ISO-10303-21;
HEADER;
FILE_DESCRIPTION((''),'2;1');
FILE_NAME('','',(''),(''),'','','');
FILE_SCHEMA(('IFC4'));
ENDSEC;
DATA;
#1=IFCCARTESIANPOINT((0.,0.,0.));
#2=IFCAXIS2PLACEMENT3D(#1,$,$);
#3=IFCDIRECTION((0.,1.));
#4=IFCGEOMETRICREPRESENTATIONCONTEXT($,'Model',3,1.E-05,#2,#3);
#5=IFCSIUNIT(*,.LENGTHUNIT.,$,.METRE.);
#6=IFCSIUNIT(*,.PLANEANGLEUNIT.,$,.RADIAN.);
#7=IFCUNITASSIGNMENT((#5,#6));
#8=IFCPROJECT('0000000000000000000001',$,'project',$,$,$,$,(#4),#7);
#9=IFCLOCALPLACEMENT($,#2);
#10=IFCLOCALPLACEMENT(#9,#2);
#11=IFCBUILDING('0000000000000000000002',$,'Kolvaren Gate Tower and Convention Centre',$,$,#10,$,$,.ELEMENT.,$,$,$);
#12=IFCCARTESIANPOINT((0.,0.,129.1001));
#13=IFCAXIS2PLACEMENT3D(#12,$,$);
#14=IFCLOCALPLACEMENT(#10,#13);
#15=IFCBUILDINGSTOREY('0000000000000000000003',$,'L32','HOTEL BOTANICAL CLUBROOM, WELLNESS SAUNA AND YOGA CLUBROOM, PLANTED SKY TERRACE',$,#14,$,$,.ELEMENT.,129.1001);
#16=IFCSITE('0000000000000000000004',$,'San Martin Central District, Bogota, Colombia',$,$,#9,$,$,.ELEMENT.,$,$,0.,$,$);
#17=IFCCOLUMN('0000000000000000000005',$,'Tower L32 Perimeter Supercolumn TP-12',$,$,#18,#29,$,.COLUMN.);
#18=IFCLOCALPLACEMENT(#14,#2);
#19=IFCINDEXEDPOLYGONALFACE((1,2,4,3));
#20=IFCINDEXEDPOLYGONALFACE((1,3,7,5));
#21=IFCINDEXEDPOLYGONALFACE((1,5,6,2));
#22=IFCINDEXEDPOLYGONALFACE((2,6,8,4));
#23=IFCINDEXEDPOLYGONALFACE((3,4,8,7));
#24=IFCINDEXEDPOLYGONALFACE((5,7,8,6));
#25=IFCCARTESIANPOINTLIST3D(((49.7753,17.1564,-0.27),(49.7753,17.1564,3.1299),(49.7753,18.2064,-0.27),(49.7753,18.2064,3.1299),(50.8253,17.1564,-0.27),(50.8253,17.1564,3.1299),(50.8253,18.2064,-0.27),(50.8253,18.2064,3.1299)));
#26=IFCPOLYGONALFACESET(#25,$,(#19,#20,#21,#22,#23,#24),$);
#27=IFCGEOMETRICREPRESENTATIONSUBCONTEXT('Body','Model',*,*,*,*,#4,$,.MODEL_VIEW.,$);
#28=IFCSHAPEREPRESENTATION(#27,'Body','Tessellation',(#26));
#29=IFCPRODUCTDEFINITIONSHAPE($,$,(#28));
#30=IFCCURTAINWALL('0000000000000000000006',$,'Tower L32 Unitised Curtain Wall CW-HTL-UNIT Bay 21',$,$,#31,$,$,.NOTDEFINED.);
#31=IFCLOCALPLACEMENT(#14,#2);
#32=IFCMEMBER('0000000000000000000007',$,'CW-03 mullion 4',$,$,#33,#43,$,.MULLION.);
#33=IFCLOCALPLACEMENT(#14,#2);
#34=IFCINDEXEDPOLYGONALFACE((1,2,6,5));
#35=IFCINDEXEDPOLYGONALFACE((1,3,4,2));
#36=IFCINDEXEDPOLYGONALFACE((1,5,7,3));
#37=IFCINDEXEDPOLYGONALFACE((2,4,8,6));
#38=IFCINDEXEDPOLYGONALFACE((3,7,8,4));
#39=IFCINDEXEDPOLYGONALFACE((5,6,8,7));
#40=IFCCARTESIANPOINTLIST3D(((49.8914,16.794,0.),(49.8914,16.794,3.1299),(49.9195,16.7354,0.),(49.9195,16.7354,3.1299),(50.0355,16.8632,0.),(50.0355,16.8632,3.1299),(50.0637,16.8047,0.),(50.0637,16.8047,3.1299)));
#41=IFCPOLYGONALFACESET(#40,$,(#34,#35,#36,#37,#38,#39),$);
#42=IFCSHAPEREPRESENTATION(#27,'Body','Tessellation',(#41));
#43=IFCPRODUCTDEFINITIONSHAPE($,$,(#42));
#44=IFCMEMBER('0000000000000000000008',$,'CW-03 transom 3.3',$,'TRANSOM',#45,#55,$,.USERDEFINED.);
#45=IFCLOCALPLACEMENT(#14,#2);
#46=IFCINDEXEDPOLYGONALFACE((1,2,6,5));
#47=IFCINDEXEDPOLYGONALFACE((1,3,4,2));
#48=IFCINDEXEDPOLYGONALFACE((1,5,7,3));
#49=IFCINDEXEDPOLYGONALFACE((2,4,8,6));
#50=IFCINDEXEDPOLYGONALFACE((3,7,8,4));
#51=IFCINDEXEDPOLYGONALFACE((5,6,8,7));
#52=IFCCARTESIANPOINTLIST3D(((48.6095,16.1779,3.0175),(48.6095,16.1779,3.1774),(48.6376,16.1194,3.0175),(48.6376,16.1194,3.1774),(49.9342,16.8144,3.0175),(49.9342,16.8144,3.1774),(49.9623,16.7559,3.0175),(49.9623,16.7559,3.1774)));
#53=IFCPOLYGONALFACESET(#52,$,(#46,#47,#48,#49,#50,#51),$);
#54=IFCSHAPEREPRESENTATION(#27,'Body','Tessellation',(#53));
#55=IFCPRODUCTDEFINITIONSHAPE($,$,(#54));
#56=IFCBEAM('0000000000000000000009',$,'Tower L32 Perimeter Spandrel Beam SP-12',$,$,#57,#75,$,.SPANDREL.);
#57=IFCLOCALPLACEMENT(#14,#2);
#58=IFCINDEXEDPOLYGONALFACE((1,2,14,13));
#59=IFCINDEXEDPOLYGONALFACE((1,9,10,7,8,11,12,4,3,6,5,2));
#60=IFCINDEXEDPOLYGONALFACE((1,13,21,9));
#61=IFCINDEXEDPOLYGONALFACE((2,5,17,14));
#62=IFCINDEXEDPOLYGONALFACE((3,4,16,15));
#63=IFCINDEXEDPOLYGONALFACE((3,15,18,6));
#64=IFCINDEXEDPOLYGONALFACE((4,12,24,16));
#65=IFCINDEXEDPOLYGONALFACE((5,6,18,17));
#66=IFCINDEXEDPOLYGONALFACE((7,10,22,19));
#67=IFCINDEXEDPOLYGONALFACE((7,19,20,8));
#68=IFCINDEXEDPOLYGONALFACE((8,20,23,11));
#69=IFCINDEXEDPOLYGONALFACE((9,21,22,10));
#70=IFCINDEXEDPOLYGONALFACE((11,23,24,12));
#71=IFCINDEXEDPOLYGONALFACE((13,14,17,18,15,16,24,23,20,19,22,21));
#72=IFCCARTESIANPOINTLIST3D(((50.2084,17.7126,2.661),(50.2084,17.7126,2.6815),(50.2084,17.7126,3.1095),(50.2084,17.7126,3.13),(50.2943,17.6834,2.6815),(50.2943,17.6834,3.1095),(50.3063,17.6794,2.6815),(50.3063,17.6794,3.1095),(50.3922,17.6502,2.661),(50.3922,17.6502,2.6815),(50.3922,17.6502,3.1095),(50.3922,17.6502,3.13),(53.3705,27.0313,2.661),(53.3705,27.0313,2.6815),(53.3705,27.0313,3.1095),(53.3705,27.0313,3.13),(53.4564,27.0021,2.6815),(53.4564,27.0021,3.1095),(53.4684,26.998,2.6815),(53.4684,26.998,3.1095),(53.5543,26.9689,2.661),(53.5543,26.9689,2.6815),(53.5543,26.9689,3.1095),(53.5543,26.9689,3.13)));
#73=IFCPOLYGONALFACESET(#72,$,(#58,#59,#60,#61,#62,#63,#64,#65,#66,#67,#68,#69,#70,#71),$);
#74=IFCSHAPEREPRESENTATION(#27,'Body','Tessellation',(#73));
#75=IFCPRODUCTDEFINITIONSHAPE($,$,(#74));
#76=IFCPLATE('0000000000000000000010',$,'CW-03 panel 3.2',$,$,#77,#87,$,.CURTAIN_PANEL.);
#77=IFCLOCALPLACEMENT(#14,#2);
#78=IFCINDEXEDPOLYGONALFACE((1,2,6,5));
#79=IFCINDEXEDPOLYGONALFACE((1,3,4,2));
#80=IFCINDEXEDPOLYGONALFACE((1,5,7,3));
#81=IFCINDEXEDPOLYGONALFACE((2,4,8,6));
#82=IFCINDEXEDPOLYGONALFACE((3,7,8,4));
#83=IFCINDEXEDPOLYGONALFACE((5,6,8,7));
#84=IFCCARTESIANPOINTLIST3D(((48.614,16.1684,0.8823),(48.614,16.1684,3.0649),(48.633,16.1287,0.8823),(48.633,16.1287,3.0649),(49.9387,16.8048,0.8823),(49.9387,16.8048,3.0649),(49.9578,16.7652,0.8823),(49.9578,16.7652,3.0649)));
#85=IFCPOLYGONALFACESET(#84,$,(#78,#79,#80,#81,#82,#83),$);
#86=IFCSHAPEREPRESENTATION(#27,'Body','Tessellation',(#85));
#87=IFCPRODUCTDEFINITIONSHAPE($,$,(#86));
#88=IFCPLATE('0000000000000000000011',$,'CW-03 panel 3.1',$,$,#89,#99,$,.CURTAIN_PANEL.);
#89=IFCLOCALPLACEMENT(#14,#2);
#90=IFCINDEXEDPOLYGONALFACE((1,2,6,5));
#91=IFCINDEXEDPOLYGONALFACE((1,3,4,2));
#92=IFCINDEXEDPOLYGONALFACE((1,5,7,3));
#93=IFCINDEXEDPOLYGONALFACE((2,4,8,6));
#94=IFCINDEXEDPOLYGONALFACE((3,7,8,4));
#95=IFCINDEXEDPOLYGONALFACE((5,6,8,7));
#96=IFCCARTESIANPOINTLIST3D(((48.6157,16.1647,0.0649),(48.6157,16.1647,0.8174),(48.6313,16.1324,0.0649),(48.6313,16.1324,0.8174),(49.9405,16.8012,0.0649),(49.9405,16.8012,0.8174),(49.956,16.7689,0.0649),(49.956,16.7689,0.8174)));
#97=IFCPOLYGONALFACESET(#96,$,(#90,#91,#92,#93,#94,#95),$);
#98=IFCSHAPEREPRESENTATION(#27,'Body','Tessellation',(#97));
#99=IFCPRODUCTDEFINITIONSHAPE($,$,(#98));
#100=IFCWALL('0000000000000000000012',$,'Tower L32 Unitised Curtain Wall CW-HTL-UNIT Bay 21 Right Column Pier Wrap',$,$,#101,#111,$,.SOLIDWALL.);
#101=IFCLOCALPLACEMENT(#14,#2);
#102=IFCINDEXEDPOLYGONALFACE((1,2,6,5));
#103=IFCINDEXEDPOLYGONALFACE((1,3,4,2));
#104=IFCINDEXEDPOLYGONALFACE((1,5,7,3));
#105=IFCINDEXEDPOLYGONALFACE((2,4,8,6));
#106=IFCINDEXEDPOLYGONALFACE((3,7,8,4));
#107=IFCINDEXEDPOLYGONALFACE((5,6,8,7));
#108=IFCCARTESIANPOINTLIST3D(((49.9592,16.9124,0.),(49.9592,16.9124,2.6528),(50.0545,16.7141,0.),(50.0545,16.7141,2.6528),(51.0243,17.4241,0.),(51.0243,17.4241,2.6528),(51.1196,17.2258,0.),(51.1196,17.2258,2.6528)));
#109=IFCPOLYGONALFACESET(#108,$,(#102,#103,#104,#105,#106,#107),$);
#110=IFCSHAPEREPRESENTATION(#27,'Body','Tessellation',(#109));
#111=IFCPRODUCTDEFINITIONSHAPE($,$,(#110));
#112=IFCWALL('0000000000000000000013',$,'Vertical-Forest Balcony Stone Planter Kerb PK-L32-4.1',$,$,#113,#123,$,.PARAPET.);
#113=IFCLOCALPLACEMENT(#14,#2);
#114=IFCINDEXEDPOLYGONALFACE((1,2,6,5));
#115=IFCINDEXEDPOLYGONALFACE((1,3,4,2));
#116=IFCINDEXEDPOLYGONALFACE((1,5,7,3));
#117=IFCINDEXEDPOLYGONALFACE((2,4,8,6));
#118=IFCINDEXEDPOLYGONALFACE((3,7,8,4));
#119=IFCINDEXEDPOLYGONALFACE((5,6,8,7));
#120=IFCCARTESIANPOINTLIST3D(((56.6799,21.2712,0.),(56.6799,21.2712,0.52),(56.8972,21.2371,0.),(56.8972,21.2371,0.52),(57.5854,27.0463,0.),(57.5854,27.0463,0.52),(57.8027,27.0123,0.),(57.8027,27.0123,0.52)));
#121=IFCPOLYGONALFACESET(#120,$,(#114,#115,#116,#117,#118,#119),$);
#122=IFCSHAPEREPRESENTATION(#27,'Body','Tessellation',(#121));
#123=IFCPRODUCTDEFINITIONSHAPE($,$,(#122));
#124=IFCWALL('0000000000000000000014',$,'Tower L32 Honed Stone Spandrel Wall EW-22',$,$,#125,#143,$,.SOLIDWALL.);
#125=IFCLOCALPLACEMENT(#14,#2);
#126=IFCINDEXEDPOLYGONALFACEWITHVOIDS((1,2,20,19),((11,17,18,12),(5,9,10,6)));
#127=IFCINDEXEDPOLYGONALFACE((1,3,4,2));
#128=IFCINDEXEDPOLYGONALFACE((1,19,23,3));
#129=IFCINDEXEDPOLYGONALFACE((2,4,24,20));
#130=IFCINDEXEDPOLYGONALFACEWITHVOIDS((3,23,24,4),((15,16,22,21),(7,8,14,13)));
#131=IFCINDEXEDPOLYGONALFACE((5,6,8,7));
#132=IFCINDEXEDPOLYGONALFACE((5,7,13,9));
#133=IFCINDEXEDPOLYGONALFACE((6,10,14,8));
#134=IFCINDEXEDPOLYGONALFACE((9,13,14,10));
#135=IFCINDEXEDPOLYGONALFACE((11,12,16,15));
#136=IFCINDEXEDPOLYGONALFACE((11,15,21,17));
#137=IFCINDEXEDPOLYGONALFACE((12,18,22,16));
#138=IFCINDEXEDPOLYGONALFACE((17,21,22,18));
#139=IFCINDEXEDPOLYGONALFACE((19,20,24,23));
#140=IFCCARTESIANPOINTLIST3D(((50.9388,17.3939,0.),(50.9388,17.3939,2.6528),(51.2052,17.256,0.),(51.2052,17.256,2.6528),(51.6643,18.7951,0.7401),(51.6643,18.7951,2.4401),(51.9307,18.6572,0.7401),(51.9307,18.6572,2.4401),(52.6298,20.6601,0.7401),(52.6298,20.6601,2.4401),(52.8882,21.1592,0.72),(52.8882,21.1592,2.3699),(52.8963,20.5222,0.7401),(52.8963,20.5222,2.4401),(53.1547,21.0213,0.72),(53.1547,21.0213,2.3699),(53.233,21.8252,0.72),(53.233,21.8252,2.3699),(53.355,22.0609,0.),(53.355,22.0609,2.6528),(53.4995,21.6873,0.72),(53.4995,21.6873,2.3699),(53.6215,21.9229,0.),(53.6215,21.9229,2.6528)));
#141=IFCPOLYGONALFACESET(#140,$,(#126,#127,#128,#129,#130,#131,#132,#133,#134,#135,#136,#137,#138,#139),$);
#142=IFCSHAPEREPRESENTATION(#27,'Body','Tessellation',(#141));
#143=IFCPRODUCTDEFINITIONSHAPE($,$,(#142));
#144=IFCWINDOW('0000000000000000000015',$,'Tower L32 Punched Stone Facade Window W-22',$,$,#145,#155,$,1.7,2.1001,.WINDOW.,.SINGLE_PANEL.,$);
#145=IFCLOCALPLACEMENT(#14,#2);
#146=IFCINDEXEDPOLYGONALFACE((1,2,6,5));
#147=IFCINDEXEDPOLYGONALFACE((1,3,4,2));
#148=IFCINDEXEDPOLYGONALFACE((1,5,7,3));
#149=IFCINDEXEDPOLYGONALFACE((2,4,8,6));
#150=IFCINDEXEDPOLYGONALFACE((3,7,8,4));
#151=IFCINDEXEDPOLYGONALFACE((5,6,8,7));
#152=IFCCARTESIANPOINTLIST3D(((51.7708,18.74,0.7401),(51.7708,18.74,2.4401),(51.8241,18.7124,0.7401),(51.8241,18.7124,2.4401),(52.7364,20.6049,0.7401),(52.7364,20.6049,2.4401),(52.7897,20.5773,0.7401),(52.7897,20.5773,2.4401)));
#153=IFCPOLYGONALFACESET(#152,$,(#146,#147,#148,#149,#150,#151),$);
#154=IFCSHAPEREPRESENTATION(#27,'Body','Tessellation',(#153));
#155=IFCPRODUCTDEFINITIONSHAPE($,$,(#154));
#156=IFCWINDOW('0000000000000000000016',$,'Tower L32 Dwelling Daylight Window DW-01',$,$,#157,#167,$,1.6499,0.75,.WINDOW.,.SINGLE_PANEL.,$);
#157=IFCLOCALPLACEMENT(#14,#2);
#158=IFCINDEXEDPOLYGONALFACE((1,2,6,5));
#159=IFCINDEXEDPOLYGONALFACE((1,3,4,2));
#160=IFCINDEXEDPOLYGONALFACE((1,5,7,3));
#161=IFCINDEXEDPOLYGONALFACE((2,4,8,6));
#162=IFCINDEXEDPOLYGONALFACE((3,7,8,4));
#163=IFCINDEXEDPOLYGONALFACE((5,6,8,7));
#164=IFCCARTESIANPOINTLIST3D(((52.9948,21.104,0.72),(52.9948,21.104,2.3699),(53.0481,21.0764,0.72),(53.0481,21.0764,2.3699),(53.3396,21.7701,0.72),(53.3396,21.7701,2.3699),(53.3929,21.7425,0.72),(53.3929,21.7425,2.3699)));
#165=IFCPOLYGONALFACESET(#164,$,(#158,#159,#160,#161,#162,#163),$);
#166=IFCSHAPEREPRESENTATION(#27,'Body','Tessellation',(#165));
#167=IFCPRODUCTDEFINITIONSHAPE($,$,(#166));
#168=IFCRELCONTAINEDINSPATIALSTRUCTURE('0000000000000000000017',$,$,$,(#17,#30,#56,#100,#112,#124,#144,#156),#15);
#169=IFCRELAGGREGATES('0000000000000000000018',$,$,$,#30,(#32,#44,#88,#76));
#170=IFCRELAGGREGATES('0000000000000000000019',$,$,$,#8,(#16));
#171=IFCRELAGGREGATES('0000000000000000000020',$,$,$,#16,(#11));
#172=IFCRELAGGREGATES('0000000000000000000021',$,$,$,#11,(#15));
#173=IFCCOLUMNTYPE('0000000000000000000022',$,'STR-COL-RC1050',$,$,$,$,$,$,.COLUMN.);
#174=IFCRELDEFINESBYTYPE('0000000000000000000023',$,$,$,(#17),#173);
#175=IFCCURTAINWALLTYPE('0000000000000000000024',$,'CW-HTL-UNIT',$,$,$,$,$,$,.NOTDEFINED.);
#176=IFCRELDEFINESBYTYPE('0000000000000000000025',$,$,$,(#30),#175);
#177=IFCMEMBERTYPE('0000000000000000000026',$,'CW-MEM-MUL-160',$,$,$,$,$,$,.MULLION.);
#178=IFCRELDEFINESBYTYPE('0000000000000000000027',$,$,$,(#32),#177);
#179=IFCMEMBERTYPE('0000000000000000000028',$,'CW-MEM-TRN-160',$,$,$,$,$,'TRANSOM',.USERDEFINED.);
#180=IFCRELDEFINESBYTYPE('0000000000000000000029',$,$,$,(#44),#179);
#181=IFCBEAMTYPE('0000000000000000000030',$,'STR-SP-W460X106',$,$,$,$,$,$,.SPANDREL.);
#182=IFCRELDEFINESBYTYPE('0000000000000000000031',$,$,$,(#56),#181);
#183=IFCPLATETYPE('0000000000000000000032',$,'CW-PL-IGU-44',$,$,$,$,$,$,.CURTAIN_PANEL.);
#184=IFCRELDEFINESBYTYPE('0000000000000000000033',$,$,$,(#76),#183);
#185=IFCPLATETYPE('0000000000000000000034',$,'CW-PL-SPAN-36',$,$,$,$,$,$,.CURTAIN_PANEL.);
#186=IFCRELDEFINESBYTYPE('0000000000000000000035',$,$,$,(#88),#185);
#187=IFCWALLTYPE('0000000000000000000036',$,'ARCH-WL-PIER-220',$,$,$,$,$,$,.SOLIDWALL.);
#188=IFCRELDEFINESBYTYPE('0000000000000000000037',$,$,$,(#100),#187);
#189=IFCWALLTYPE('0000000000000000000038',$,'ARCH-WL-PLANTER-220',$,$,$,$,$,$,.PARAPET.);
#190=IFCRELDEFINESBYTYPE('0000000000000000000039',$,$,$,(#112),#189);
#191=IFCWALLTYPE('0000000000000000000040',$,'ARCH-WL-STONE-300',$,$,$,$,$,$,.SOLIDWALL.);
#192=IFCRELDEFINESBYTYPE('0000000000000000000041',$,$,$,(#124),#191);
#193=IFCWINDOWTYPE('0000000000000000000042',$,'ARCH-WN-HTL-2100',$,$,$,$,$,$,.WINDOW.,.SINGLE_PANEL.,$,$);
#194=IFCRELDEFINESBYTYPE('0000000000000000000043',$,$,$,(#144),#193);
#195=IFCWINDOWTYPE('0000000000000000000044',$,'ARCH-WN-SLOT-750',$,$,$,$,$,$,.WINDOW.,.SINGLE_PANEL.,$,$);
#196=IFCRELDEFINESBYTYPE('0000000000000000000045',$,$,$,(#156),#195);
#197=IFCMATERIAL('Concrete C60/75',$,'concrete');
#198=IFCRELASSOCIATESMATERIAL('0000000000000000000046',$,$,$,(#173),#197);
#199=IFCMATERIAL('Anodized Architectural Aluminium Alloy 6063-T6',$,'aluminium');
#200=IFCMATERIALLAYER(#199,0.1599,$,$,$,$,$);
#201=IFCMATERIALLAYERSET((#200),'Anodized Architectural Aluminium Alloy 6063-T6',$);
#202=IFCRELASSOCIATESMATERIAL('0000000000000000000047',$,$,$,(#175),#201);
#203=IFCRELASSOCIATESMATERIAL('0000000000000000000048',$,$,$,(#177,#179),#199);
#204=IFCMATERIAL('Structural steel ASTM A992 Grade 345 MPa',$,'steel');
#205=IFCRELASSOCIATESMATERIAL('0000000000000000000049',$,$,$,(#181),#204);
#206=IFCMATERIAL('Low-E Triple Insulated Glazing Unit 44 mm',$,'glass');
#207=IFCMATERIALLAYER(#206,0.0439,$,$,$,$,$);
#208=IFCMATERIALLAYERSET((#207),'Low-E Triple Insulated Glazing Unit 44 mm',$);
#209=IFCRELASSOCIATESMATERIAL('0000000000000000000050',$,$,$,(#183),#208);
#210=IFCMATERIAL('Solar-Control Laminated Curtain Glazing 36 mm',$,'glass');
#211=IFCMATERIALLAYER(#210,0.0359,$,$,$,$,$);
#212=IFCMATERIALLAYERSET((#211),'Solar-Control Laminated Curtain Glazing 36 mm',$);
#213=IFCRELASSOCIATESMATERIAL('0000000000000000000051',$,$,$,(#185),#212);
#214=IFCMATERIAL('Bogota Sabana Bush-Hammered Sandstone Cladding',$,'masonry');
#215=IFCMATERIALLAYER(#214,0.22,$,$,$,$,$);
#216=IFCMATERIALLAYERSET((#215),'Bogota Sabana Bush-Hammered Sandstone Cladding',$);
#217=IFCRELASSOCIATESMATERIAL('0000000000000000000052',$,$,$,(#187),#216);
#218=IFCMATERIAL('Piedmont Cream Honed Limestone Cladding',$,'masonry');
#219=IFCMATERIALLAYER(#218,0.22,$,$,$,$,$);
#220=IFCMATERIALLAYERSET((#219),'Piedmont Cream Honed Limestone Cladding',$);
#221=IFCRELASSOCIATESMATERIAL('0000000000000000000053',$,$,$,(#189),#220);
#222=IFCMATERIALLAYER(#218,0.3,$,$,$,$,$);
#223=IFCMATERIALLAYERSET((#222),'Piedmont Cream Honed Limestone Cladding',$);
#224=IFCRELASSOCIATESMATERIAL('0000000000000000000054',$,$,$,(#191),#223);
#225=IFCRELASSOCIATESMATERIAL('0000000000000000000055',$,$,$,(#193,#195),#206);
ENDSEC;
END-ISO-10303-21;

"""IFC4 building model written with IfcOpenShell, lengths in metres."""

from ifc_helpers import new_model, si_unit, direction, frame, frame_2d, origin, origin_2d, place, context, subcontext, project, spatial, rectangle, i_section, extrude, material, layer, layer_set, material_profile, profile_set, type_object, element, fill, aggregate, save


model = new_model("IFC4")

# Units and contexts
model_context = context("Model", 3, precision=1e-05, world=origin(), true_north=direction((0.0, 1.0)))
body_context = subcontext(model_context, "Body", "Model", "MODEL_VIEW")
ifc_project = project(units=[si_unit("LENGTHUNIT", "METRE"), si_unit("PLANEANGLEUNIT", "RADIAN")], contexts=[model_context])

# Site, building, storey
site_placement = place(None, origin())
site = spatial("IfcSite", under=ifc_project, at=site_placement, Name="San Martin Central District, Bogota, Colombia", CompositionType="ELEMENT", RefElevation=0.0)
building_placement = place(site_placement, origin())
building = spatial("IfcBuilding", under=site, at=building_placement, Name="Kolvaren Gate Tower and Convention Centre", CompositionType="ELEMENT")
storey_placement = place(building_placement, frame((0.0, 0.0, 129.1001)))
storey = spatial("IfcBuildingStorey", under=building, at=storey_placement, Name="L32", Description="HOTEL BOTANICAL CLUBROOM, WELLNESS SAUNA AND YOGA CLUBROOM, PLANTED SKY TERRACE", CompositionType="ELEMENT", Elevation=129.1001)

# Column
ifc_material_1 = material(Name="Concrete C60/75", Category="concrete")
ifc_material_profile_1 = material_profile(ifc_material_1, rectangle(XDim=1.05, YDim=1.05, at=origin_2d()), Name="RC-COL-1050X1050")
ifc_profile_set_1 = profile_set([ifc_material_profile_1], Name="Concrete C60/75")
column_type = type_object("IfcColumnType", Name="STR-COL-RC1050", PredefinedType="COLUMN", material=ifc_profile_set_1)
column_placement = place(storey_placement, frame((50.3003, 17.6814, -0.27), z_axis=(0.0, 0.0, 1.0), x_axis=(1.0, 0.0, 0.0)))
element("IfcColumn", 1, at=column_placement, inside=storey, type_object=column_type, Name="Tower L32 Perimeter Supercolumn TP-12", PredefinedType="COLUMN", context=body_context, shape_type="SweptSolid", body=[
    extrude(rectangle(XDim=1.05, YDim=1.05, at=origin_2d()), origin(), (0.0, 0.0, 1.0), 3.3999),
])

# Curtain wall, members
ifc_material_2 = material(Name="Anodized Architectural Aluminium Alloy 6063-T6", Category="aluminium")
ifc_layer_1 = layer(ifc_material_2, 0.1599)
ifc_layer_set_1 = layer_set([ifc_layer_1], Name="Anodized Architectural Aluminium Alloy 6063-T6")
curtain_wall_type = type_object("IfcCurtainWallType", Name="CW-HTL-UNIT", PredefinedType="NOTDEFINED", material=ifc_layer_set_1)
curtain_wall_placement = place(storey_placement, origin())
curtain_wall = element("IfcCurtainWall", 2, at=curtain_wall_placement, inside=storey, type_object=curtain_wall_type, Name="Tower L32 Unitised Curtain Wall CW-HTL-UNIT Bay 21", PredefinedType="NOTDEFINED")
ifc_material_profile_2 = material_profile(ifc_material_2, rectangle(XDim=0.0649, YDim=0.1599, at=origin_2d()), Name="CW-MEM-MUL-160")
ifc_profile_set_2 = profile_set([ifc_material_profile_2], Name="Anodized Architectural Aluminium Alloy 6063-T6")
member_type_1 = type_object("IfcMemberType", Name="CW-MEM-MUL-160", PredefinedType="MULLION", material=ifc_profile_set_2)
member_1_placement = place(storey_placement, frame((49.9775, 16.7993, 0.0), z_axis=(0.0, 0.0, 1.0), x_axis=(-0.433071, 0.90136, 0.0)))
member_1 = element("IfcMember", 3, at=member_1_placement, type_object=member_type_1, Name="CW-03 mullion 4", PredefinedType="MULLION", context=body_context, shape_type="SweptSolid", body=[
    extrude(rectangle(XDim=0.0649, YDim=0.1599, at=origin_2d()), origin(), (0.0, 0.0, 1.0), 3.1299),
])
ifc_material_profile_3 = material_profile(ifc_material_2, rectangle(XDim=0.0649, YDim=0.1599, at=origin_2d()), Name="CW-MEM-TRN-160")
ifc_profile_set_3 = profile_set([ifc_material_profile_3], Name="Anodized Architectural Aluminium Alloy 6063-T6")
member_type_2 = type_object("IfcMemberType", Name="CW-MEM-TRN-160", ElementType="TRANSOM", PredefinedType="USERDEFINED", material=ifc_profile_set_3)
member_2_placement = place(storey_placement, frame((48.6235, 16.1487, 3.0974), z_axis=(0.90136, 0.433071, 0.0), x_axis=(-0.433071, 0.90136, 0.0)))
member_2 = element("IfcMember", 4, at=member_2_placement, type_object=member_type_2, Name="CW-03 transom 3.3", ObjectType="TRANSOM", PredefinedType="USERDEFINED", context=body_context, shape_type="SweptSolid", body=[
    extrude(rectangle(XDim=0.0649, YDim=0.1599, at=origin_2d()), origin(), (0.0, 0.0, 1.0), 1.4697),
])

# Beam
ifc_material_3 = material(Name="Structural steel ASTM A992 Grade 345 MPa", Category="steel")
ifc_material_profile_4 = material_profile(ifc_material_3, i_section(OverallWidth=0.1941, OverallDepth=0.469, WebThickness=0.0127, FlangeThickness=0.0205, at=origin_2d()), Name="W460X106")
ifc_profile_set_4 = profile_set([ifc_material_profile_4], Name="Structural steel ASTM A992 Grade 345 MPa")
beam_type = type_object("IfcBeamType", Name="STR-SP-W460X106", PredefinedType="SPANDREL", material=ifc_profile_set_4)
beam_placement = place(storey_placement, frame((50.3003, 17.6814, 2.8955), z_axis=(0.321336, 0.946965, 0.0), x_axis=(-0.946965, 0.321336, 0.0)))
element("IfcBeam", 5, at=beam_placement, inside=storey, type_object=beam_type, Name="Tower L32 Perimeter Spandrel Beam SP-12", PredefinedType="SPANDREL", context=body_context, shape_type="SweptSolid", body=[
    extrude(i_section(OverallWidth=0.1941, OverallDepth=0.469, WebThickness=0.0127, FlangeThickness=0.0205, at=origin_2d()), origin(), (0.0, 0.0, 1.0), 9.8406),
])

# Plates
ifc_material_4 = material(Name="Low-E Triple Insulated Glazing Unit 44 mm", Category="glass")
ifc_layer_2 = layer(ifc_material_4, 0.0439)
ifc_layer_set_2 = layer_set([ifc_layer_2], Name="Low-E Triple Insulated Glazing Unit 44 mm")
plate_type_1 = type_object("IfcPlateType", Name="CW-PL-IGU-44", PredefinedType="CURTAIN_PANEL", material=ifc_layer_set_2)
plate_1_placement = place(storey_placement, frame((49.2859, 16.4668, 0.8823), z_axis=(0.0, 0.0, 1.0), x_axis=(0.90136, 0.433071, 0.0)))
plate_1 = element("IfcPlate", 6, at=plate_1_placement, type_object=plate_type_1, Name="CW-03 panel 3.2", PredefinedType="CURTAIN_PANEL", context=body_context, shape_type="SweptSolid", body=[
    extrude(rectangle(XDim=1.4697, YDim=0.0439, at=origin_2d()), origin(), (0.0, 0.0, 1.0), 2.1826),
])
ifc_material_5 = material(Name="Solar-Control Laminated Curtain Glazing 36 mm", Category="glass")
ifc_layer_3 = layer(ifc_material_5, 0.0359)
ifc_layer_set_3 = layer_set([ifc_layer_3], Name="Solar-Control Laminated Curtain Glazing 36 mm")
plate_type_2 = type_object("IfcPlateType", Name="CW-PL-SPAN-36", PredefinedType="CURTAIN_PANEL", material=ifc_layer_set_3)
plate_2_placement = place(storey_placement, frame((49.2859, 16.4668, 0.0649), z_axis=(0.0, 0.0, 1.0), x_axis=(0.90136, 0.433071, 0.0)))
plate_2 = element("IfcPlate", 7, at=plate_2_placement, type_object=plate_type_2, Name="CW-03 panel 3.1", PredefinedType="CURTAIN_PANEL", context=body_context, shape_type="SweptSolid", body=[
    extrude(rectangle(XDim=1.4697, YDim=0.0359, at=origin_2d()), origin(), (0.0, 0.0, 1.0), 0.7524),
])
aggregate(curtain_wall, [member_1, member_2, plate_2, plate_1])

# Walls
ifc_material_6 = material(Name="Bogota Sabana Bush-Hammered Sandstone Cladding", Category="masonry")
ifc_layer_4 = layer(ifc_material_6, 0.22)
ifc_layer_set_4 = layer_set([ifc_layer_4], Name="Bogota Sabana Bush-Hammered Sandstone Cladding")
wall_type_1 = type_object("IfcWallType", Name="ARCH-WL-PIER-220", PredefinedType="SOLIDWALL", material=ifc_layer_set_4)
wall_1_placement = place(storey_placement, frame((50.0068, 16.8132, 0.0), z_axis=(0.0, 0.0, 1.0), x_axis=(0.901381, 0.433027, 0.0)))
element("IfcWall", 8, at=wall_1_placement, inside=storey, type_object=wall_type_1, Name="Tower L32 Unitised Curtain Wall CW-HTL-UNIT Bay 21 Right Column Pier Wrap", PredefinedType="SOLIDWALL", context=body_context, shape_type="SweptSolid", body=[
    extrude(rectangle(XDim=1.1816, YDim=0.22, at=frame_2d((0.5908, 0.0))), origin(), (0.0, 0.0, 1.0), 2.6528),
])
ifc_material_7 = material(Name="Piedmont Cream Honed Limestone Cladding", Category="masonry")
ifc_layer_5 = layer(ifc_material_7, 0.22)
ifc_layer_set_5 = layer_set([ifc_layer_5], Name="Piedmont Cream Honed Limestone Cladding")
wall_type_2 = type_object("IfcWallType", Name="ARCH-WL-PLANTER-220", PredefinedType="PARAPET", material=ifc_layer_set_5)
wall_2_placement = place(storey_placement, frame((56.7886, 21.2542, 0.0), z_axis=(0.0, 0.0, 1.0), x_axis=(0.154903, 0.98793, 0.0)))
element("IfcWall", 9, at=wall_2_placement, inside=storey, type_object=wall_type_2, Name="Vertical-Forest Balcony Stone Planter Kerb PK-L32-4.1", PredefinedType="PARAPET", context=body_context, shape_type="SweptSolid", body=[
    extrude(rectangle(XDim=5.8457, YDim=0.22, at=frame_2d((2.9229, 0.0))), origin(), (0.0, 0.0, 1.0), 0.52),
])

# Wall, openings, windows
ifc_layer_6 = layer(ifc_material_7, 0.3)
ifc_layer_set_6 = layer_set([ifc_layer_6], Name="Piedmont Cream Honed Limestone Cladding")
wall_type_3 = type_object("IfcWallType", Name="ARCH-WL-STONE-300", PredefinedType="SOLIDWALL", material=ifc_layer_set_6)
wall_3_placement = place(storey_placement, frame((51.072, 17.325, 0.0), z_axis=(0.0, 0.0, 1.0), x_axis=(0.459768, 0.888039, 0.0)))
wall_3 = element("IfcWall", 10, at=wall_3_placement, inside=storey, type_object=wall_type_3, Name="Tower L32 Honed Stone Spandrel Wall EW-22", PredefinedType="SOLIDWALL", context=body_context, shape_type="SweptSolid", body=[
    extrude(rectangle(XDim=5.2554, YDim=0.3, at=frame_2d((2.6277, 0.0))), origin(), (0.0, 0.0, 1.0), 2.6528),
])
opening_1_placement = place(wall_3_placement, frame((1.5779, 0.0, 0.74)))
opening_1 = element("IfcOpeningElement", 11, at=opening_1_placement, cuts=wall_3, PredefinedType="OPENING", context=body_context, shape_type="SweptSolid", body=[
    extrude(rectangle(XDim=2.1001, YDim=1.7, at=frame_2d((1.05, 0.8501))), frame((0.0, 0.1599, 0.0), z_axis=(0.0, -1.0, 0.0), x_axis=(1.0, 0.0, 0.0)), (0.0, 0.0, 1.0), 0.3201),
])
opening_2_placement = place(wall_3_placement, frame((4.24, 0.0, 0.72)))
opening_2 = element("IfcOpeningElement", 12, at=opening_2_placement, cuts=wall_3, PredefinedType="OPENING", context=body_context, shape_type="SweptSolid", body=[
    extrude(rectangle(XDim=0.75, YDim=1.6499, at=frame_2d((0.375, 0.825))), frame((0.0, 0.1599, 0.0), z_axis=(0.0, -1.0, 0.0), x_axis=(1.0, 0.0, 0.0)), (0.0, 0.0, 1.0), 0.3201),
])
window_type_1 = type_object("IfcWindowType", Name="ARCH-WN-HTL-2100", PartitioningType="SINGLE_PANEL", PredefinedType="WINDOW", material=ifc_material_4)
window_1_placement = place(opening_1_placement, origin())
window_1 = element("IfcWindow", 13, at=window_1_placement, inside=storey, type_object=window_type_1, Name="Tower L32 Punched Stone Facade Window W-22", OverallHeight=1.7, OverallWidth=2.1001, PartitioningType="SINGLE_PANEL", PredefinedType="WINDOW", context=body_context, shape_type="SweptSolid", body=[
    extrude(rectangle(XDim=2.1001, YDim=1.7, at=frame_2d((1.05, 0.8501))), frame((0.0, 0.03, 0.0), z_axis=(0.0, -1.0, 0.0), x_axis=(1.0, 0.0, 0.0)), (0.0, 0.0, 1.0), 0.0601),
])
fill(opening_1, window_1)
window_type_2 = type_object("IfcWindowType", Name="ARCH-WN-SLOT-750", PartitioningType="SINGLE_PANEL", PredefinedType="WINDOW", material=ifc_material_4)
window_2_placement = place(opening_2_placement, origin())
window_2 = element("IfcWindow", 14, at=window_2_placement, inside=storey, type_object=window_type_2, Name="Tower L32 Dwelling Daylight Window DW-01", OverallHeight=1.6499, OverallWidth=0.75, PartitioningType="SINGLE_PANEL", PredefinedType="WINDOW", context=body_context, shape_type="SweptSolid", body=[
    extrude(rectangle(XDim=0.75, YDim=1.6499, at=frame_2d((0.375, 0.825))), frame((0.0, 0.03, 0.0), z_axis=(0.0, -1.0, 0.0), x_axis=(1.0, 0.0, 0.0)), (0.0, 0.0, 1.0), 0.0601),
])
fill(opening_2, window_2)

save(model, "model.ifc")
